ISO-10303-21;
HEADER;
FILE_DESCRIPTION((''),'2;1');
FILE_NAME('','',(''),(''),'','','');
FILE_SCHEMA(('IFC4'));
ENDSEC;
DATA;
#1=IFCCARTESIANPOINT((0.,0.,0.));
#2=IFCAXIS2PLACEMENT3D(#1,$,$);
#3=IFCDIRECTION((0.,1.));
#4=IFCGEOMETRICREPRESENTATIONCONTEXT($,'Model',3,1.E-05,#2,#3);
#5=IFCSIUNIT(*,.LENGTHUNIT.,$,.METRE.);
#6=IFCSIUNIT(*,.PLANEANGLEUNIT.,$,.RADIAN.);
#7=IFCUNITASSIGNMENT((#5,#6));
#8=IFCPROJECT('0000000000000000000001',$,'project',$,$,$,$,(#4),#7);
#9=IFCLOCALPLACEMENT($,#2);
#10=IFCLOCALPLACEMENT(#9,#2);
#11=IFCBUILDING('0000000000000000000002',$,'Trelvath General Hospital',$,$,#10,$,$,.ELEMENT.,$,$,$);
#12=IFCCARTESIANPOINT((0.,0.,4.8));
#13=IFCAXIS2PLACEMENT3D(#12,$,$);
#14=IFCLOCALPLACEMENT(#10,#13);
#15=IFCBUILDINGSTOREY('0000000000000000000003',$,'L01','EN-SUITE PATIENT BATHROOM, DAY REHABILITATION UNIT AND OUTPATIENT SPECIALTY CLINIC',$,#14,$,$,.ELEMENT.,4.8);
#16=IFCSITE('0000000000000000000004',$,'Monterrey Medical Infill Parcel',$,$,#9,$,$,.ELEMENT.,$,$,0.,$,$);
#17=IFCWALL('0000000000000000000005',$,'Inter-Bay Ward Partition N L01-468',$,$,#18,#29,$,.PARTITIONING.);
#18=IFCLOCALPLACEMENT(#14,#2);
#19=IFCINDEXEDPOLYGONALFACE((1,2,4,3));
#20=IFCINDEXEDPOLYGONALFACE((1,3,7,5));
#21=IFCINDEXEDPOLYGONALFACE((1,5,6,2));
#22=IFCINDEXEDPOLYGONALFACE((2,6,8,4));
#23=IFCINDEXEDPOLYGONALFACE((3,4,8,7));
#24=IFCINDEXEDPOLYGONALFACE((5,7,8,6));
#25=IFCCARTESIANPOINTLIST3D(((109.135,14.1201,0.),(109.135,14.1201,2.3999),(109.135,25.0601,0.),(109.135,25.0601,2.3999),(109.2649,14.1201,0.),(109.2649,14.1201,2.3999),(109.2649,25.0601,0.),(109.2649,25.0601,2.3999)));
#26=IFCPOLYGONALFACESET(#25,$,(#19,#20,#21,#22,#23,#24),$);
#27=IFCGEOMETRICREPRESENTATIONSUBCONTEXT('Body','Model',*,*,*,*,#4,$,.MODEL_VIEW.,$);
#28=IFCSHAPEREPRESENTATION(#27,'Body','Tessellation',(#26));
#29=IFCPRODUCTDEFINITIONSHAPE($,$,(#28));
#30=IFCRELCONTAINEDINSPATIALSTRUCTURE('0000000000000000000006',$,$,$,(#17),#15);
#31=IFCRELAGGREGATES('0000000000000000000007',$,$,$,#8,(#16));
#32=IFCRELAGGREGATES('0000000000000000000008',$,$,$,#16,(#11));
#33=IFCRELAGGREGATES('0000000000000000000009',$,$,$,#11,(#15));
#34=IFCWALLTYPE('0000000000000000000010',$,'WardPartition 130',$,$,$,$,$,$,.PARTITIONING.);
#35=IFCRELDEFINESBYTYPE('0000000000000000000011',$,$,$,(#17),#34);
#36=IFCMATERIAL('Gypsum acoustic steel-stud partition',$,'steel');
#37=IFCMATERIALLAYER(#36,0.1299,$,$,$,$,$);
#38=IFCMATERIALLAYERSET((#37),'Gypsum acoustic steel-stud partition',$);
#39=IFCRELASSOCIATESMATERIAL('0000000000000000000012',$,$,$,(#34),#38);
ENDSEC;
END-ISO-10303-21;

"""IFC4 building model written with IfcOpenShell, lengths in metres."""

from ifc_helpers import new_model, si_unit, direction, frame, frame_2d, origin, place, context, subcontext, project, spatial, rectangle, extrude, material, layer, layer_set, type_object, element, save


model = new_model("IFC4")

# Units and contexts
model_context = context("Model", 3, precision=1e-05, world=origin(), true_north=direction((0.0, 1.0)))
body_context = subcontext(model_context, "Body", "Model", "MODEL_VIEW")
ifc_project = project(units=[si_unit("LENGTHUNIT", "METRE"), si_unit("PLANEANGLEUNIT", "RADIAN")], contexts=[model_context])

# Site, building, storey
site_placement = place(None, origin())
site = spatial("IfcSite", under=ifc_project, at=site_placement, Name="Monterrey Medical Infill Parcel", CompositionType="ELEMENT", RefElevation=0.0)
building_placement = place(site_placement, origin())
building = spatial("IfcBuilding", under=site, at=building_placement, Name="Trelvath General Hospital", CompositionType="ELEMENT")
storey_placement = place(building_placement, frame((0.0, 0.0, 4.8)))
storey = spatial("IfcBuildingStorey", under=building, at=storey_placement, Name="L01", Description="EN-SUITE PATIENT BATHROOM, DAY REHABILITATION UNIT AND OUTPATIENT SPECIALTY CLINIC", CompositionType="ELEMENT", Elevation=4.8)

# Wall
ifc_material_1 = material(Name="Gypsum acoustic steel-stud partition", Category="steel")
ifc_layer_1 = layer(ifc_material_1, 0.1299)
ifc_layer_set_1 = layer_set([ifc_layer_1], Name="Gypsum acoustic steel-stud partition")
wall_type_1 = type_object("IfcWallType", Name="WardPartition 130", PredefinedType="PARTITIONING", material=ifc_layer_set_1)
wall_1_placement = place(storey_placement, frame((109.2, 14.1201, 0.0), z_axis=(0.0, 0.0, 1.0), x_axis=(0.0, 1.0, 0.0)))
element("IfcWall", 1, at=wall_1_placement, inside=storey, type_object=wall_type_1, Name="Inter-Bay Ward Partition N L01-468", PredefinedType="PARTITIONING", context=body_context, shape_type="SweptSolid", body=[
    extrude(rectangle(XDim=10.9399, YDim=0.1299, at=frame_2d((5.47, 0.0))), origin(), (0.0, 0.0, 1.0), 2.3999),
])

save(model, "model.ifc")
